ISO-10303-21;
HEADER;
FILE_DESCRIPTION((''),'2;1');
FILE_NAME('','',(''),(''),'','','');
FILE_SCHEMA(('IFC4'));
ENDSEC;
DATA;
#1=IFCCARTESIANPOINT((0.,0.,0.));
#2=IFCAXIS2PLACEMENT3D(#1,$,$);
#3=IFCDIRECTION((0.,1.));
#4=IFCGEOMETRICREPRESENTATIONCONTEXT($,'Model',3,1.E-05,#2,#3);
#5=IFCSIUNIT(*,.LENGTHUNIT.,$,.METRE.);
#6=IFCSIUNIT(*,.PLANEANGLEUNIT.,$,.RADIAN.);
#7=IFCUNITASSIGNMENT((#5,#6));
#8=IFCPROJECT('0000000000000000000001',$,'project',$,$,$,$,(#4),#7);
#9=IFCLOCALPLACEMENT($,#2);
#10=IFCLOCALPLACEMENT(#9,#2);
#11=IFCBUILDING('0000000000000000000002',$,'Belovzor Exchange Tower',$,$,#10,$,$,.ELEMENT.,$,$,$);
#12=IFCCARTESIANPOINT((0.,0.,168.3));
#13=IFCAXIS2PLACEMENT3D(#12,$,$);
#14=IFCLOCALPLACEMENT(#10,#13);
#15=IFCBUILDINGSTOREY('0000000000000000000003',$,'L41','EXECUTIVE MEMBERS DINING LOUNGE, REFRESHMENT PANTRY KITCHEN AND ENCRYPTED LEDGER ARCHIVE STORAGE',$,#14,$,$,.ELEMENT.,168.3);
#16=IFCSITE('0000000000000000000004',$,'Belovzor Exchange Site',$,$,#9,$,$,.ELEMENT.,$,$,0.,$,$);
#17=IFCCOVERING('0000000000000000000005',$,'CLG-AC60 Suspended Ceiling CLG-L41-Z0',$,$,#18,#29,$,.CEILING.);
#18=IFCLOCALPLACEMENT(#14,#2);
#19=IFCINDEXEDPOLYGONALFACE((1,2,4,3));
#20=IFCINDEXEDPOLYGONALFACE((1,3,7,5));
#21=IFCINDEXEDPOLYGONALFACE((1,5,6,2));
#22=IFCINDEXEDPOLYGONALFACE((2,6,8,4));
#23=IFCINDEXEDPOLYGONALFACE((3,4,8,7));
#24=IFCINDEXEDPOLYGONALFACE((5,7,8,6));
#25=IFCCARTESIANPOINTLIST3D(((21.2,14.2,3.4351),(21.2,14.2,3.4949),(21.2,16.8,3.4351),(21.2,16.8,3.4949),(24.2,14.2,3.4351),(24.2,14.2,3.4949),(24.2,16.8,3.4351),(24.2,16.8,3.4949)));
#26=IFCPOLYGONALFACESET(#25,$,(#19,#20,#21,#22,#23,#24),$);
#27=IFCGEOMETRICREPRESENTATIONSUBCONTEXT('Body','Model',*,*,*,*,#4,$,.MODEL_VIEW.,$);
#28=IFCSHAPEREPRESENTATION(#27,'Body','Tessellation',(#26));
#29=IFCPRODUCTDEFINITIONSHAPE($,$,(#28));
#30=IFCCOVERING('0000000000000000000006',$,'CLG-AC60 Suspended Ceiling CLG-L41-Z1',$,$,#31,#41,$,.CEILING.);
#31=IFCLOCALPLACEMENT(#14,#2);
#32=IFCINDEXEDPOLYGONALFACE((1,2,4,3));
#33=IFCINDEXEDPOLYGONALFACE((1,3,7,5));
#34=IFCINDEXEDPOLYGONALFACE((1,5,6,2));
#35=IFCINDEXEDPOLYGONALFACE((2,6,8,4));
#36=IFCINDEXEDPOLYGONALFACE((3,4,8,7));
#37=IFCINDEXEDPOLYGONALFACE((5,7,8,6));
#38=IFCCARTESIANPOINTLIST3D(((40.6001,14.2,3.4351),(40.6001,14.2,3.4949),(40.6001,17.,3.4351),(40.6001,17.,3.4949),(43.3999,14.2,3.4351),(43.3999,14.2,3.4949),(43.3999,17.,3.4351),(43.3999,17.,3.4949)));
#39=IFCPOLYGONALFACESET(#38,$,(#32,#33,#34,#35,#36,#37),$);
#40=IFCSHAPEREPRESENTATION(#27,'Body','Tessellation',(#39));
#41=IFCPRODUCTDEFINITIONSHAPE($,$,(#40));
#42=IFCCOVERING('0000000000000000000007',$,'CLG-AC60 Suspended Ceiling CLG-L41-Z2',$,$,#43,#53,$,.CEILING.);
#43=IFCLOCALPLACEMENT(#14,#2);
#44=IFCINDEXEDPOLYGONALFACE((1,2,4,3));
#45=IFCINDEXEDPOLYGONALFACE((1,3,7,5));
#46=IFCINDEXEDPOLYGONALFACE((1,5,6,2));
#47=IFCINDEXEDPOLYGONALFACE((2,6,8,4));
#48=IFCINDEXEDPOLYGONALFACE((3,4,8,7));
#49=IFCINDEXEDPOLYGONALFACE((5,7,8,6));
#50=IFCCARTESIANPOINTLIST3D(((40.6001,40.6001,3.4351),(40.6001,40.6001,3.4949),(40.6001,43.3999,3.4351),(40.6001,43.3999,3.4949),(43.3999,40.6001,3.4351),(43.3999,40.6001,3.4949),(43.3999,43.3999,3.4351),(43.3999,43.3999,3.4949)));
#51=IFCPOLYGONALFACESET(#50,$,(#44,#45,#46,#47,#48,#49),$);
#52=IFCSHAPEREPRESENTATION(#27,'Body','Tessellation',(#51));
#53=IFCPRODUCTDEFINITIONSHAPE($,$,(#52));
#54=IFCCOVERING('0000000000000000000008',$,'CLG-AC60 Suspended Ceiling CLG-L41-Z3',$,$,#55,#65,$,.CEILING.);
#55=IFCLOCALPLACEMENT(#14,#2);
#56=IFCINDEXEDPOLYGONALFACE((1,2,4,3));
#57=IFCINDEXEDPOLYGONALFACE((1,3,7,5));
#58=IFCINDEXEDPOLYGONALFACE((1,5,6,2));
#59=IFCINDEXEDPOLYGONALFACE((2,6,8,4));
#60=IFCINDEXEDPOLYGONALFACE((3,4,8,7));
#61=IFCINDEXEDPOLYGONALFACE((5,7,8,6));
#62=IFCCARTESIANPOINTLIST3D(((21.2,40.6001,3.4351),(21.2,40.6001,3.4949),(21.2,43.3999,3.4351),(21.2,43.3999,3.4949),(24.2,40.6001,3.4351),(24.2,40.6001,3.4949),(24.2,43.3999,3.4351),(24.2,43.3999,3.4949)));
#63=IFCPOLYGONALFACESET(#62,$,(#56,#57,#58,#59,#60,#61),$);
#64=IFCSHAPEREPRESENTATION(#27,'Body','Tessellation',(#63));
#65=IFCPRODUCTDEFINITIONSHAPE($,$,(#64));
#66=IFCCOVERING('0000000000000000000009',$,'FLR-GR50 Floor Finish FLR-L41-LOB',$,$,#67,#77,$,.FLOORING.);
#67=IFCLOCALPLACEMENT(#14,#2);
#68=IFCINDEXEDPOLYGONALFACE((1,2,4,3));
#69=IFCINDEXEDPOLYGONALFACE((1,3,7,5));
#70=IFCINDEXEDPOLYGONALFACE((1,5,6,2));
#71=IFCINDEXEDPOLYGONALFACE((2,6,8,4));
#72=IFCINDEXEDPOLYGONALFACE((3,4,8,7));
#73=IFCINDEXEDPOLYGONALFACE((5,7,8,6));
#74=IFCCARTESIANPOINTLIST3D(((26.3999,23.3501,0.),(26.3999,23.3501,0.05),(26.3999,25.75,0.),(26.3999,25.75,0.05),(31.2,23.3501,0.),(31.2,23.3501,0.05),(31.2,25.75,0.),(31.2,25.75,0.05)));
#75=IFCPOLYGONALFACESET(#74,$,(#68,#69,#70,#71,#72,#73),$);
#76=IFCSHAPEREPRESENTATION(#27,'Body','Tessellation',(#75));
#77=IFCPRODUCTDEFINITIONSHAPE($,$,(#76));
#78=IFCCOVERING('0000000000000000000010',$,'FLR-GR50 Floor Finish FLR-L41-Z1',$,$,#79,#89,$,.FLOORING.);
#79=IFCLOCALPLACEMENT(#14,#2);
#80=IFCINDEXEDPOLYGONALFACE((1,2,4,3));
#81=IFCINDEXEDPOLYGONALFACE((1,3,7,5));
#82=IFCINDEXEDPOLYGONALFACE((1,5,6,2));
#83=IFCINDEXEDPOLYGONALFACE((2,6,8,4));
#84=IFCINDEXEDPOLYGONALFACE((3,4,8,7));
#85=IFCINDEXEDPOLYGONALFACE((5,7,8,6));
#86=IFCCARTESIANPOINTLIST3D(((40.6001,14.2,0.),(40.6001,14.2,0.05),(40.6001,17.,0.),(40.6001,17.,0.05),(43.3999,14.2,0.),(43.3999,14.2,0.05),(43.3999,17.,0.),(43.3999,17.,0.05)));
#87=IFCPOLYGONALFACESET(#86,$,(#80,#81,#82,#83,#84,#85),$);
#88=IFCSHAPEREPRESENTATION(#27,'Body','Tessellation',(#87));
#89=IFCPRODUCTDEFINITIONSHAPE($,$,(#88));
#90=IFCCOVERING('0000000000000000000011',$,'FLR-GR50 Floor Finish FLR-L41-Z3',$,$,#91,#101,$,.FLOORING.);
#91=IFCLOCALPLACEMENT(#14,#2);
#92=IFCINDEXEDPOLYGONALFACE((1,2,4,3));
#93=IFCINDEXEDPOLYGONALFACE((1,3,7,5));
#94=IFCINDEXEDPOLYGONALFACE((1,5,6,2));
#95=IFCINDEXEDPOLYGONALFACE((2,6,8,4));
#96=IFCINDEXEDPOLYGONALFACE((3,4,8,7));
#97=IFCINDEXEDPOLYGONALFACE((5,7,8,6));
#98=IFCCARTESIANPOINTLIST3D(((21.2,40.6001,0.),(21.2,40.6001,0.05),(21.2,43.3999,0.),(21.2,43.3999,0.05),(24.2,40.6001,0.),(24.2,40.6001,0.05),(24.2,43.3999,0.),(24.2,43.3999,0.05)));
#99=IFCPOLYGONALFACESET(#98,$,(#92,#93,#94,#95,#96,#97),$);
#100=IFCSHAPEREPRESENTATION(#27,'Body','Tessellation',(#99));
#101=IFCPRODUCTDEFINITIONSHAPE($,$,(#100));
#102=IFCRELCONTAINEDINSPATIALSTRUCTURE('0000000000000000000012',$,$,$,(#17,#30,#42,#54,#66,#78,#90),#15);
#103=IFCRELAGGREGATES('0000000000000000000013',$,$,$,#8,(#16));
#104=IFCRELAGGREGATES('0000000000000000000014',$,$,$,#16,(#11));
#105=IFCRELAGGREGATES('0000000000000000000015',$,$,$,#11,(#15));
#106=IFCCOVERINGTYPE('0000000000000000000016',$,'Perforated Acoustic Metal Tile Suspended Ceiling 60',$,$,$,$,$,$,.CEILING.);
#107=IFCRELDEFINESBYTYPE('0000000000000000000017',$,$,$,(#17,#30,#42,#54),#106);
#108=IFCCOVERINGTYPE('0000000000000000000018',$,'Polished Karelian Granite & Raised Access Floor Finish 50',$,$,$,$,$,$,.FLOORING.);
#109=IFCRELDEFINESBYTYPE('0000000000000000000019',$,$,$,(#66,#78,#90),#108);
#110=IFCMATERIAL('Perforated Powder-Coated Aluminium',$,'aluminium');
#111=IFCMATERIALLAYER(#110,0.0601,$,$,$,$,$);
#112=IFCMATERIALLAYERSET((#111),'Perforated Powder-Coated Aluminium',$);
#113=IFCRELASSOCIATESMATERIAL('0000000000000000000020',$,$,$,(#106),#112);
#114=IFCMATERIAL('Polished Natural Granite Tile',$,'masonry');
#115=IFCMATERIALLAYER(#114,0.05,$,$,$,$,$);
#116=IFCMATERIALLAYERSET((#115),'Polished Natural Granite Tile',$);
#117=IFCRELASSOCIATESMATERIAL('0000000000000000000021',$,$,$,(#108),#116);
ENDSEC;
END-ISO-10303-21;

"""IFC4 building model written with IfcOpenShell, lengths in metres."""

from ifc_helpers import new_model, si_unit, direction, frame, origin, place, context, subcontext, project, spatial, polyline, outline, extrude, material, layer, layer_set, type_object, element, save


model = new_model("IFC4")

# Units and contexts
model_context = context("Model", 3, precision=1e-05, world=origin(), true_north=direction((0.0, 1.0)))
body_context = subcontext(model_context, "Body", "Model", "MODEL_VIEW")
ifc_project = project(units=[si_unit("LENGTHUNIT", "METRE"), si_unit("PLANEANGLEUNIT", "RADIAN")], contexts=[model_context])

# Site, building, storey
site_placement = place(None, origin())
site = spatial("IfcSite", under=ifc_project, at=site_placement, Name="Belovzor Exchange Site", CompositionType="ELEMENT", RefElevation=0.0)
building_placement = place(site_placement, origin())
building = spatial("IfcBuilding", under=site, at=building_placement, Name="Belovzor Exchange Tower", CompositionType="ELEMENT")
storey_placement = place(building_placement, frame((0.0, 0.0, 168.3)))
storey = spatial("IfcBuildingStorey", under=building, at=storey_placement, Name="L41", Description="EXECUTIVE MEMBERS DINING LOUNGE, REFRESHMENT PANTRY KITCHEN AND ENCRYPTED LEDGER ARCHIVE STORAGE", CompositionType="ELEMENT", Elevation=168.3)

# Coverings
ifc_material_1 = material(Name="Perforated Powder-Coated Aluminium", Category="aluminium")
ifc_layer_1 = layer(ifc_material_1, 0.0601)
ifc_layer_set_1 = layer_set([ifc_layer_1], Name="Perforated Powder-Coated Aluminium")
covering_type_1 = type_object("IfcCoveringType", Name="Perforated Acoustic Metal Tile Suspended Ceiling 60", PredefinedType="CEILING", material=ifc_layer_set_1)
covering_1_placement = place(storey_placement, frame((0.0, 0.0, 3.4351)))
element("IfcCovering", 1, at=covering_1_placement, inside=storey, type_object=covering_type_1, Name="CLG-AC60 Suspended Ceiling CLG-L41-Z0", PredefinedType="CEILING", context=body_context, shape_type="SweptSolid", body=[
    extrude(outline(polyline([(21.2, 14.2), (24.2, 14.2), (24.2, 16.8), (21.2, 16.8), (21.2, 14.2)])), origin(), (0.0, 0.0, 1.0), 0.0598),
])
covering_2_placement = place(storey_placement, frame((0.0, 0.0, 3.4351)))
element("IfcCovering", 2, at=covering_2_placement, inside=storey, type_object=covering_type_1, Name="CLG-AC60 Suspended Ceiling CLG-L41-Z1", PredefinedType="CEILING", context=body_context, shape_type="SweptSolid", body=[
    extrude(outline(polyline([(40.6001, 14.2), (43.3999, 14.2), (43.3999, 17.0), (40.6001, 17.0), (40.6001, 14.2)])), origin(), (0.0, 0.0, 1.0), 0.0598),
])
covering_3_placement = place(storey_placement, frame((0.0, 0.0, 3.4351)))
element("IfcCovering", 3, at=covering_3_placement, inside=storey, type_object=covering_type_1, Name="CLG-AC60 Suspended Ceiling CLG-L41-Z2", PredefinedType="CEILING", context=body_context, shape_type="SweptSolid", body=[
    extrude(outline(polyline([(40.6001, 40.6001), (43.3999, 40.6001), (43.3999, 43.3999), (40.6001, 43.3999), (40.6001, 40.6001)])), origin(), (0.0, 0.0, 1.0), 0.0598),
])
covering_4_placement = place(storey_placement, frame((0.0, 0.0, 3.4351)))
element("IfcCovering", 4, at=covering_4_placement, inside=storey, type_object=covering_type_1, Name="CLG-AC60 Suspended Ceiling CLG-L41-Z3", PredefinedType="CEILING", context=body_context, shape_type="SweptSolid", body=[
    extrude(outline(polyline([(21.2, 40.6001), (24.2, 40.6001), (24.2, 43.3999), (21.2, 43.3999), (21.2, 40.6001)])), origin(), (0.0, 0.0, 1.0), 0.0598),
])
ifc_material_2 = material(Name="Polished Natural Granite Tile", Category="masonry")
ifc_layer_2 = layer(ifc_material_2, 0.05)
ifc_layer_set_2 = layer_set([ifc_layer_2], Name="Polished Natural Granite Tile")
covering_type_2 = type_object("IfcCoveringType", Name="Polished Karelian Granite & Raised Access Floor Finish 50", PredefinedType="FLOORING", material=ifc_layer_set_2)
covering_5_placement = place(storey_placement, origin())
element("IfcCovering", 5, at=covering_5_placement, inside=storey, type_object=covering_type_2, Name="FLR-GR50 Floor Finish FLR-L41-LOB", PredefinedType="FLOORING", context=body_context, shape_type="SweptSolid", body=[
    extrude(outline(polyline([(26.3999, 23.3501), (31.2, 23.3501), (31.2, 25.75), (26.3999, 25.75), (26.3999, 23.3501)])), origin(), (0.0, 0.0, 1.0), 0.05),
])
covering_6_placement = place(storey_placement, origin())
element("IfcCovering", 6, at=covering_6_placement, inside=storey, type_object=covering_type_2, Name="FLR-GR50 Floor Finish FLR-L41-Z1", PredefinedType="FLOORING", context=body_context, shape_type="SweptSolid", body=[
    extrude(outline(polyline([(40.6001, 14.2), (43.3999, 14.2), (43.3999, 17.0), (40.6001, 17.0), (40.6001, 14.2)])), origin(), (0.0, 0.0, 1.0), 0.05),
])
covering_7_placement = place(storey_placement, origin())
element("IfcCovering", 7, at=covering_7_placement, inside=storey, type_object=covering_type_2, Name="FLR-GR50 Floor Finish FLR-L41-Z3", PredefinedType="FLOORING", context=body_context, shape_type="SweptSolid", body=[
    extrude(outline(polyline([(21.2, 40.6001), (24.2, 40.6001), (24.2, 43.3999), (21.2, 43.3999), (21.2, 40.6001)])), origin(), (0.0, 0.0, 1.0), 0.05),
])

save(model, "model.ifc")
